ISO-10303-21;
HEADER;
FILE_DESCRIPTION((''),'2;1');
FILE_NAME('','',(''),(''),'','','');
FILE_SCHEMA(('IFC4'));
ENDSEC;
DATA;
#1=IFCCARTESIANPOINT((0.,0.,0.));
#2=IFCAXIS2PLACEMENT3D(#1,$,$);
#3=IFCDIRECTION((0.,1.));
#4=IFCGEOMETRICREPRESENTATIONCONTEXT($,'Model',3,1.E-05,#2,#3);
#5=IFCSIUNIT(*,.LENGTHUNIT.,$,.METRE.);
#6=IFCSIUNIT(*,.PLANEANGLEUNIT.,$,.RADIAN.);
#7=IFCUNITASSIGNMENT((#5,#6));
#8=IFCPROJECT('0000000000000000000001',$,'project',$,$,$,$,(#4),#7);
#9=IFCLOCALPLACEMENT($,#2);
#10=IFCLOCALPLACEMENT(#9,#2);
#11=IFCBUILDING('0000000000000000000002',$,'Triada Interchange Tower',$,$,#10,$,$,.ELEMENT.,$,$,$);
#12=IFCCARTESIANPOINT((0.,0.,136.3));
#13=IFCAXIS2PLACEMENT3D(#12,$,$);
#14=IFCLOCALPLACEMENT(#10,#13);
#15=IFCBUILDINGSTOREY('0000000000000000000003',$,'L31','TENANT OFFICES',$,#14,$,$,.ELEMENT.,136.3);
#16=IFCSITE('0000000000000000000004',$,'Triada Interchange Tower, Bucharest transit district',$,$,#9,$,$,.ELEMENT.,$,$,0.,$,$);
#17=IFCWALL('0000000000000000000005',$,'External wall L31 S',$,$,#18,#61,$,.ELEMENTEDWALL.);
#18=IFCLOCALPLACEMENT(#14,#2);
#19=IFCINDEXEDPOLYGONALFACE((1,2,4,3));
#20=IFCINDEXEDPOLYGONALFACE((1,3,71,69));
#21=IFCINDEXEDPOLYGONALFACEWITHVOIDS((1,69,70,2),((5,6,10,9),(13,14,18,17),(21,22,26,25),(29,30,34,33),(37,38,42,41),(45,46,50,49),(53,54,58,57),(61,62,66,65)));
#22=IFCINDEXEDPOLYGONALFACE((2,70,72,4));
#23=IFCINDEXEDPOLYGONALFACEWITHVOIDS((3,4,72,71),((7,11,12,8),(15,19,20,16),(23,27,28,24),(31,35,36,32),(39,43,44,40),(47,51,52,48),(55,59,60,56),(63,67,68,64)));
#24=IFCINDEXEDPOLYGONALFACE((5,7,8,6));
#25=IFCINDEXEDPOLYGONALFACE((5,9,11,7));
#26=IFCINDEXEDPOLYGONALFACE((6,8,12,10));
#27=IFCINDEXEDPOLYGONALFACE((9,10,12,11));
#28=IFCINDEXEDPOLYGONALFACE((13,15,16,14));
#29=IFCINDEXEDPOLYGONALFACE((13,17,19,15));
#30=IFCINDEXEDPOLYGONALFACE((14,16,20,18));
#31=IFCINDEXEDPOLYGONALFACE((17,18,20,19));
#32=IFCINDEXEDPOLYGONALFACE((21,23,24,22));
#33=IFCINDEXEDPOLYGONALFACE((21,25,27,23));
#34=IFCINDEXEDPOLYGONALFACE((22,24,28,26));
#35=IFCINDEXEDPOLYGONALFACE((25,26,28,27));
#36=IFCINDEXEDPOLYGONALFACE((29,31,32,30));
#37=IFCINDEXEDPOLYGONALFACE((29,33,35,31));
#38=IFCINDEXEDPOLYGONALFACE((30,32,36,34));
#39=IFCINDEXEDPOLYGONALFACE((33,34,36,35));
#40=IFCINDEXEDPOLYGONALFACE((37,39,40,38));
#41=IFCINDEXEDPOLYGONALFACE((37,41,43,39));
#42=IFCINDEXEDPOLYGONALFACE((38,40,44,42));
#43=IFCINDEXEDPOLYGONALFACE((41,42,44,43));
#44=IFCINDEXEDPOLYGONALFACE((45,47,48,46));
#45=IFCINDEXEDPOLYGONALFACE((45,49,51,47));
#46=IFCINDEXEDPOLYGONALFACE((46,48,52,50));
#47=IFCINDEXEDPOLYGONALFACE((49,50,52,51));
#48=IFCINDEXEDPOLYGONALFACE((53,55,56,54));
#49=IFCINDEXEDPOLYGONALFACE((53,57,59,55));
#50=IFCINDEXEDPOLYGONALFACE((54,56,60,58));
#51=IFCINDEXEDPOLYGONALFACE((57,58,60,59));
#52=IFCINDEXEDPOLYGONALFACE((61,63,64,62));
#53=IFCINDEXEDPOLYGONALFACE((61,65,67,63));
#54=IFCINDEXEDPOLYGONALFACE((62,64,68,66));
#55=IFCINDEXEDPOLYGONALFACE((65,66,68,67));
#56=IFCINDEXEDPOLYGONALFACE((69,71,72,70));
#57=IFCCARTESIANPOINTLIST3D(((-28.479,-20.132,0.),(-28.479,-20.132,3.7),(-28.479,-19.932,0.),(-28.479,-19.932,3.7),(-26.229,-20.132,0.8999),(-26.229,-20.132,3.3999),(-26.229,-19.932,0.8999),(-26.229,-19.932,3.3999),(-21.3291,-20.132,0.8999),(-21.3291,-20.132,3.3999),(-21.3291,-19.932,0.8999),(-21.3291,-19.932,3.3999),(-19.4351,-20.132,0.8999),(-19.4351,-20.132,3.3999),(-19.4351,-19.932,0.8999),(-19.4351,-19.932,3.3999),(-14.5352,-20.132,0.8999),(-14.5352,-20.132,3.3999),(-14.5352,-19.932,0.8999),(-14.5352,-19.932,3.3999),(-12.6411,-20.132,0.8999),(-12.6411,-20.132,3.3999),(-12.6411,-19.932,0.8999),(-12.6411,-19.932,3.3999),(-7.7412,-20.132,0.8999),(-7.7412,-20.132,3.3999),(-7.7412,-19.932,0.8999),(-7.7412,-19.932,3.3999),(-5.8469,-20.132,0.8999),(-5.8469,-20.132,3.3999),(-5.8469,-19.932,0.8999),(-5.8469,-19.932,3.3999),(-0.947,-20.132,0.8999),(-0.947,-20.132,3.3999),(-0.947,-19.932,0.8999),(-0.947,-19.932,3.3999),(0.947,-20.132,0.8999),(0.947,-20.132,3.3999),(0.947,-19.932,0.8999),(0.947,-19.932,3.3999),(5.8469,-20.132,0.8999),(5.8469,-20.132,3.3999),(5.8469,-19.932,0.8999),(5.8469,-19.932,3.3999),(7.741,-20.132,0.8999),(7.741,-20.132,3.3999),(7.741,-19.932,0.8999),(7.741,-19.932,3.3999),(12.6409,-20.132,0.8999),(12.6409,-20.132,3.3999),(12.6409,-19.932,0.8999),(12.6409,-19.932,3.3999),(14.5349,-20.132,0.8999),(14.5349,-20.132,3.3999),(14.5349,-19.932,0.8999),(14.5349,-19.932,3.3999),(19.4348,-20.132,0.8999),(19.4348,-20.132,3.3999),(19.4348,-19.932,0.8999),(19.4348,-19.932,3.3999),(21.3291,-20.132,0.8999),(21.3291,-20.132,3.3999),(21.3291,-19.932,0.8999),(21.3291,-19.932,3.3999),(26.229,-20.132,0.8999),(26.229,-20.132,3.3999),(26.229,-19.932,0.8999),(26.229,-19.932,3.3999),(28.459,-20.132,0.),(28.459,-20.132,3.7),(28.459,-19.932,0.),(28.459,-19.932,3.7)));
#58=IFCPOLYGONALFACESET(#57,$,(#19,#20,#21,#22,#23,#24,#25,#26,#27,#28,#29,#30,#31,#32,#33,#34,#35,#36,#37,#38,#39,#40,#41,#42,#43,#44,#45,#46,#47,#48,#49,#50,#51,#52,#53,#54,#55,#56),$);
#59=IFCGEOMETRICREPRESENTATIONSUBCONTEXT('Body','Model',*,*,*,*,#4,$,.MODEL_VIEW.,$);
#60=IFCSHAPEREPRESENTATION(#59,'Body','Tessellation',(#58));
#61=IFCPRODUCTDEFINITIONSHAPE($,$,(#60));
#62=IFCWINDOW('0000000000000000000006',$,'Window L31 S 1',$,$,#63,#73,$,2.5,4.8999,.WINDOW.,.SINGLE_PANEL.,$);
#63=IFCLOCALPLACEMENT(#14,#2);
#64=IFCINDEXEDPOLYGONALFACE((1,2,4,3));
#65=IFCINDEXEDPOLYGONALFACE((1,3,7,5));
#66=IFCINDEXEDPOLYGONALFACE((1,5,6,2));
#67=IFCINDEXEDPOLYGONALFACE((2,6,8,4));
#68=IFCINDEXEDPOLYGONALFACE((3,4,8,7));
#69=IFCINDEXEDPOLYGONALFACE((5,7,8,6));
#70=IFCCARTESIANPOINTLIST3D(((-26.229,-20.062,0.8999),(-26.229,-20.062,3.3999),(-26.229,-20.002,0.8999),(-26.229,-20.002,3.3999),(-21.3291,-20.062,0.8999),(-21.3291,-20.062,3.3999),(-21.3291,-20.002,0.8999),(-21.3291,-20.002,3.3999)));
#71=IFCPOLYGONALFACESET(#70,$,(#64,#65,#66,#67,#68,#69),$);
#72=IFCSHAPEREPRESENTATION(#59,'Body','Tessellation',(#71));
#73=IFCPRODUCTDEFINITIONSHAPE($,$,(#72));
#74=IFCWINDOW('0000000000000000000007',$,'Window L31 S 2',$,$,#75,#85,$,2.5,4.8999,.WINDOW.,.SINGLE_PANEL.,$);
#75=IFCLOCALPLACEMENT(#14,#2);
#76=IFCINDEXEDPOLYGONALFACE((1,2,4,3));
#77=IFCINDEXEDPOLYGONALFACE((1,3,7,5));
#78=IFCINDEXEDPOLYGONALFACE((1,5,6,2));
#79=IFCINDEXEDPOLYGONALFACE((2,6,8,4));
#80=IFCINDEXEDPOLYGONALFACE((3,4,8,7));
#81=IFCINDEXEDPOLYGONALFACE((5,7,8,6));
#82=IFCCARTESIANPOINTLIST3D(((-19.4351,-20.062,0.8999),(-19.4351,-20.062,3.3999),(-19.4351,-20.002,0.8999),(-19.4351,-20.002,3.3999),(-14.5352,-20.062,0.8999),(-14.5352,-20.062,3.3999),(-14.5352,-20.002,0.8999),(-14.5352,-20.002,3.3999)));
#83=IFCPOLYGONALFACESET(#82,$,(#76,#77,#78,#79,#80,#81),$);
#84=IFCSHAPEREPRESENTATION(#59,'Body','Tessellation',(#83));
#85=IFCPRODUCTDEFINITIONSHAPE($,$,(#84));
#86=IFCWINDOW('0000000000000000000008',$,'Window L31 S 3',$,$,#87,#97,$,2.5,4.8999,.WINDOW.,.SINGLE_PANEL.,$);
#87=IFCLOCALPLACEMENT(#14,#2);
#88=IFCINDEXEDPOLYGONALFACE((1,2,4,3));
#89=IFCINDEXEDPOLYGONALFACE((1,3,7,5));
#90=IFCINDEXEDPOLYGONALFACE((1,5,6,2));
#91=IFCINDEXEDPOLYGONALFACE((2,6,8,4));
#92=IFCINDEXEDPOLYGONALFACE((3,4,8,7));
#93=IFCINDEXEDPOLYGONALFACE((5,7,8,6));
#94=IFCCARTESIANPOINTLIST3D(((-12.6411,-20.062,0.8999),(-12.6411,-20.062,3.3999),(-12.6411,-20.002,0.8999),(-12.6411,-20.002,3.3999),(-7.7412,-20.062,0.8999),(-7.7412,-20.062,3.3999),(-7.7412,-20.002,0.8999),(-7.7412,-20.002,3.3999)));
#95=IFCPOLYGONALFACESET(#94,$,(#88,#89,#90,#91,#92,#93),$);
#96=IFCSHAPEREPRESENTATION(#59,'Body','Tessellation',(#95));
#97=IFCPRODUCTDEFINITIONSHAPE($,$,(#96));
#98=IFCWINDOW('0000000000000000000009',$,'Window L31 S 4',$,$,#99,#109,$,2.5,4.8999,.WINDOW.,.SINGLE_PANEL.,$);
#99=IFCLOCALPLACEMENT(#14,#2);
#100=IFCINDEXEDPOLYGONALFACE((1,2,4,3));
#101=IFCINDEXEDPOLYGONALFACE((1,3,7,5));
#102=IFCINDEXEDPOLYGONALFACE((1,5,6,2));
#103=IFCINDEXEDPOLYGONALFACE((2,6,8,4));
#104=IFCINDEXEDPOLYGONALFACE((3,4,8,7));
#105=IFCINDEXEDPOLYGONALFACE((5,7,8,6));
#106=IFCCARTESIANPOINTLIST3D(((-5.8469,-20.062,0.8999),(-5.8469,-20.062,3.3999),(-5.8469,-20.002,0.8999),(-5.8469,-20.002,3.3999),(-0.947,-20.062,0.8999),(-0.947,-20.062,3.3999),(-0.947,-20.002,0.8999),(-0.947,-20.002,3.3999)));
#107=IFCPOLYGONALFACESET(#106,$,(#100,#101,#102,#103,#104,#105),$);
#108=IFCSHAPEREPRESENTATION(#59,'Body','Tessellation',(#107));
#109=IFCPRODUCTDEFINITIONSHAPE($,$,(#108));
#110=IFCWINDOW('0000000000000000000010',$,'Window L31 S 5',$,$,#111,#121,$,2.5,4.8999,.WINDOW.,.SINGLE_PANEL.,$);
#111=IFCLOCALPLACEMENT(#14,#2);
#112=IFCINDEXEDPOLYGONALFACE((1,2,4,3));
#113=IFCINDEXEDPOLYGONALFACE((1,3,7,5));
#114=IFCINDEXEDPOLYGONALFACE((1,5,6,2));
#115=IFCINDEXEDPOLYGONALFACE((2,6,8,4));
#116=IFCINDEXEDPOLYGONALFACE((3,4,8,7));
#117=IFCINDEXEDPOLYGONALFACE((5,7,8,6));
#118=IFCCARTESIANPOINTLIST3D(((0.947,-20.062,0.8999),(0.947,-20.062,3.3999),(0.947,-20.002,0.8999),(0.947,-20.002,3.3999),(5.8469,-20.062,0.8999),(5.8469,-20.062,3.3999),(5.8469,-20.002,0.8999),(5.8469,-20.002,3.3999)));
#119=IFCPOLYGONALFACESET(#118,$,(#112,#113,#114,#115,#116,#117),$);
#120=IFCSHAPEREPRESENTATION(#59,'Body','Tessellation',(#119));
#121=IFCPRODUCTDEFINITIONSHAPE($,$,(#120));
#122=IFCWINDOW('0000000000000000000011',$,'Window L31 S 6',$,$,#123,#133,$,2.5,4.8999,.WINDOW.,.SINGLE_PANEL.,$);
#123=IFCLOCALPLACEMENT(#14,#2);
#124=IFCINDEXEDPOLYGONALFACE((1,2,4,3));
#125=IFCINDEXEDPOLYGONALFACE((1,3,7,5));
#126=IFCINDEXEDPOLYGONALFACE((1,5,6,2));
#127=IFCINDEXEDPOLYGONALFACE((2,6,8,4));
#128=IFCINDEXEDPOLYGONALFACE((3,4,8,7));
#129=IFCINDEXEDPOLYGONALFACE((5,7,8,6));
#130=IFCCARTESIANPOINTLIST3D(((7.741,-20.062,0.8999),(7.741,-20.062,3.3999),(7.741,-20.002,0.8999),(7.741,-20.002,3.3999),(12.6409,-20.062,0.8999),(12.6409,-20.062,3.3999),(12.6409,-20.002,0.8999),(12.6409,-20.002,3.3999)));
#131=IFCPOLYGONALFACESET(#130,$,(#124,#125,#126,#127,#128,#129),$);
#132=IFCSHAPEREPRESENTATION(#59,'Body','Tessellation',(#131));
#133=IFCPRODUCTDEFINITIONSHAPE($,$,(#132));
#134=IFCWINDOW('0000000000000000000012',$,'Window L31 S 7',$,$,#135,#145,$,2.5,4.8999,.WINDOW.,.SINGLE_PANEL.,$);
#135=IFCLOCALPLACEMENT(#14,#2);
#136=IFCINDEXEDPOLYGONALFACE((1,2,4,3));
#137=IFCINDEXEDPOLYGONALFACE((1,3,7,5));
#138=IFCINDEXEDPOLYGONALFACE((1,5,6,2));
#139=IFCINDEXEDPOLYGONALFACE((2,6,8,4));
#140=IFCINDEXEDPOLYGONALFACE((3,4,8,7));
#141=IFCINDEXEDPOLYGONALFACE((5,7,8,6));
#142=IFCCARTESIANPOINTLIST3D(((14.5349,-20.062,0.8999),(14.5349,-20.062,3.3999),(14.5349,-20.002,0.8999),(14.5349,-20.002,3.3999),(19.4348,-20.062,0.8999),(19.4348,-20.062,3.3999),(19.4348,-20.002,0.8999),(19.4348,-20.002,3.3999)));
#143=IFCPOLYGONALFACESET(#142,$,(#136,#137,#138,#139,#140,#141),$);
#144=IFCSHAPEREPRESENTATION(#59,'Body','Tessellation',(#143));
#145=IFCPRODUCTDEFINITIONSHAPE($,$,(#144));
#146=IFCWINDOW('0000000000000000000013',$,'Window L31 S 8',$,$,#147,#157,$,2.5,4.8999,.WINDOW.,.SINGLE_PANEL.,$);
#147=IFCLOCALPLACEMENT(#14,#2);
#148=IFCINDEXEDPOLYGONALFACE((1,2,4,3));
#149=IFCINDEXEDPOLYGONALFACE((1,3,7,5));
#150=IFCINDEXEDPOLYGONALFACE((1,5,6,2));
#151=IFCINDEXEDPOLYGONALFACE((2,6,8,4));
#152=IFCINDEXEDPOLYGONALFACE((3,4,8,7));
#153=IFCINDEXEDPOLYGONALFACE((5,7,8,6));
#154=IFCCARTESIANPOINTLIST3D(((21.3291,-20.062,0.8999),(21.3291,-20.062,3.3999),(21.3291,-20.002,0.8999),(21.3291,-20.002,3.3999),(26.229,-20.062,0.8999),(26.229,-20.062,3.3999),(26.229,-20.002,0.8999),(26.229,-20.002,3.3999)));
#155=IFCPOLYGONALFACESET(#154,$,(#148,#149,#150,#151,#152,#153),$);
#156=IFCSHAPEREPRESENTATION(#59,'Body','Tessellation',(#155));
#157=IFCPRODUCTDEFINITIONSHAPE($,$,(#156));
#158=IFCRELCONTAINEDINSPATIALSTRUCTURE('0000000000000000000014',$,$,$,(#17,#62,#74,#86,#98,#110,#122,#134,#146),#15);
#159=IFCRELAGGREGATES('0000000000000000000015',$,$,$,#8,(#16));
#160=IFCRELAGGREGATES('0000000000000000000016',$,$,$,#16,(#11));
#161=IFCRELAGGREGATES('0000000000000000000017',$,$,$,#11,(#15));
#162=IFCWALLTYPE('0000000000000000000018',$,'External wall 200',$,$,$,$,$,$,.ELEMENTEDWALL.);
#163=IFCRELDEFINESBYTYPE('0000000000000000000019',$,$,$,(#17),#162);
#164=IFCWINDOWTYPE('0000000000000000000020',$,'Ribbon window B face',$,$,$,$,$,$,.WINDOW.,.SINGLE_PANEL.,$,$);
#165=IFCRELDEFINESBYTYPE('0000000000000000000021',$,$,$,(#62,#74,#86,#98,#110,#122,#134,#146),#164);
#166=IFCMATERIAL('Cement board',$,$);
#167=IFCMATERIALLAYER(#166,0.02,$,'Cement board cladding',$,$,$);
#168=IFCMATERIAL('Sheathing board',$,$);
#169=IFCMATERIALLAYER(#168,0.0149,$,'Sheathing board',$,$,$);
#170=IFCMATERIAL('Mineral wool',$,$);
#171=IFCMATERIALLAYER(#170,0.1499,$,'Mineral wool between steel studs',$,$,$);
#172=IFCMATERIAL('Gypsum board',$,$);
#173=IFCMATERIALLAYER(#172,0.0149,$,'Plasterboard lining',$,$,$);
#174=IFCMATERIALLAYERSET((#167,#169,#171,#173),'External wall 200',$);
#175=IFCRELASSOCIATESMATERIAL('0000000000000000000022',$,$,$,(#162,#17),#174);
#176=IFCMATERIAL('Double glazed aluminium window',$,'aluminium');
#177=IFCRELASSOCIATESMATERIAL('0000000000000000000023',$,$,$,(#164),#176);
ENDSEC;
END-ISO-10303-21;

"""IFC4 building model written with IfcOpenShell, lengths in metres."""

from ifc_helpers import new_model, si_unit, direction, frame, frame_2d, origin, place, context, subcontext, project, spatial, rectangle, extrude, material, layer, layer_set, layer_usage, type_object, element, fill, save


model = new_model("IFC4")

# Units and contexts
model_context = context("Model", 3, precision=1e-05, world=origin(), true_north=direction((0.0, 1.0)))
body_context = subcontext(model_context, "Body", "Model", "MODEL_VIEW")
ifc_project = project(units=[si_unit("LENGTHUNIT", "METRE"), si_unit("PLANEANGLEUNIT", "RADIAN")], contexts=[model_context])

# Site, building, storey
site_placement = place(None, origin())
site = spatial("IfcSite", under=ifc_project, at=site_placement, Name="Triada Interchange Tower, Bucharest transit district", CompositionType="ELEMENT", RefElevation=0.0)
building_placement = place(site_placement, origin())
building = spatial("IfcBuilding", under=site, at=building_placement, Name="Triada Interchange Tower", CompositionType="ELEMENT")
storey_placement = place(building_placement, frame((0.0, 0.0, 136.3)))
storey = spatial("IfcBuildingStorey", under=building, at=storey_placement, Name="L31", Description="TENANT OFFICES", CompositionType="ELEMENT", Elevation=136.3)

# Shared definitions
ifc_material_1 = material(Name="Cement board")
ifc_layer_1 = layer(ifc_material_1, 0.02, Name="Cement board cladding")
ifc_material_2 = material(Name="Sheathing board")
ifc_layer_2 = layer(ifc_material_2, 0.0149, Name="Sheathing board")
ifc_material_3 = material(Name="Mineral wool")
ifc_layer_3 = layer(ifc_material_3, 0.1499, Name="Mineral wool between steel studs")
ifc_material_4 = material(Name="Gypsum board")
ifc_layer_4 = layer(ifc_material_4, 0.0149, Name="Plasterboard lining")
ifc_layer_set_1 = layer_set([ifc_layer_1, ifc_layer_2, ifc_layer_3, ifc_layer_4], Name="External wall 200")
ifc_layer_usage = layer_usage(ifc_layer_set_1, "AXIS2", "POSITIVE", -0.1001)
wall_type_1 = type_object("IfcWallType", Name="External wall 200", PredefinedType="ELEMENTEDWALL", material=ifc_layer_set_1)
ifc_material_5 = material(Name="Double glazed aluminium window", Category="aluminium")

# Wall, openings, windows
wall_1_placement = place(storey_placement, frame((-28.479, -20.032, 0.0), z_axis=(0.0, 0.0, 1.0), x_axis=(1.0, 0.0, 0.0)))
wall_1 = element("IfcWall", 1, at=wall_1_placement, inside=storey, type_object=wall_type_1, material=ifc_layer_usage, Name="External wall L31 S", PredefinedType="ELEMENTEDWALL", context=body_context, shape_type="SweptSolid", body=[
    extrude(rectangle(XDim=56.938, YDim=0.2, at=frame_2d((28.469, 0.0))), origin(), (0.0, 0.0, 1.0), 3.7),
])
opening_1_placement = place(wall_1_placement, frame((2.25, 0.0, 0.8999)))
opening_1 = element("IfcOpeningElement", 2, at=opening_1_placement, cuts=wall_1, PredefinedType="OPENING", context=body_context, shape_type="SweptSolid", body=[
    extrude(rectangle(XDim=4.8999, YDim=2.5, at=frame_2d((2.45, 1.25))), frame((0.0, 0.1099, 0.0), z_axis=(0.0, -1.0, 0.0), x_axis=(1.0, 0.0, 0.0)), (0.0, 0.0, 1.0), 0.22),
])
opening_2_placement = place(wall_1_placement, frame((9.0439, 0.0, 0.8999)))
opening_2 = element("IfcOpeningElement", 3, at=opening_2_placement, cuts=wall_1, PredefinedType="OPENING", context=body_context, shape_type="SweptSolid", body=[
    extrude(rectangle(XDim=4.8999, YDim=2.5, at=frame_2d((2.45, 1.25))), frame((0.0, 0.1099, 0.0), z_axis=(0.0, -1.0, 0.0), x_axis=(1.0, 0.0, 0.0)), (0.0, 0.0, 1.0), 0.22),
])
opening_3_placement = place(wall_1_placement, frame((15.8379, 0.0, 0.8999)))
opening_3 = element("IfcOpeningElement", 4, at=opening_3_placement, cuts=wall_1, PredefinedType="OPENING", context=body_context, shape_type="SweptSolid", body=[
    extrude(rectangle(XDim=4.8999, YDim=2.5, at=frame_2d((2.45, 1.25))), frame((0.0, 0.1099, 0.0), z_axis=(0.0, -1.0, 0.0), x_axis=(1.0, 0.0, 0.0)), (0.0, 0.0, 1.0), 0.22),
])
opening_4_placement = place(wall_1_placement, frame((22.6321, 0.0, 0.8999)))
opening_4 = element("IfcOpeningElement", 5, at=opening_4_placement, cuts=wall_1, PredefinedType="OPENING", context=body_context, shape_type="SweptSolid", body=[
    extrude(rectangle(XDim=4.8999, YDim=2.5, at=frame_2d((2.45, 1.25))), frame((0.0, 0.1099, 0.0), z_axis=(0.0, -1.0, 0.0), x_axis=(1.0, 0.0, 0.0)), (0.0, 0.0, 1.0), 0.22),
])
opening_5_placement = place(wall_1_placement, frame((29.426, 0.0, 0.8999)))
opening_5 = element("IfcOpeningElement", 6, at=opening_5_placement, cuts=wall_1, PredefinedType="OPENING", context=body_context, shape_type="SweptSolid", body=[
    extrude(rectangle(XDim=4.8999, YDim=2.5, at=frame_2d((2.45, 1.25))), frame((0.0, 0.1099, 0.0), z_axis=(0.0, -1.0, 0.0), x_axis=(1.0, 0.0, 0.0)), (0.0, 0.0, 1.0), 0.22),
])
opening_6_placement = place(wall_1_placement, frame((36.22, 0.0, 0.8999)))
opening_6 = element("IfcOpeningElement", 7, at=opening_6_placement, cuts=wall_1, PredefinedType="OPENING", context=body_context, shape_type="SweptSolid", body=[
    extrude(rectangle(XDim=4.8999, YDim=2.5, at=frame_2d((2.45, 1.25))), frame((0.0, 0.1099, 0.0), z_axis=(0.0, -1.0, 0.0), x_axis=(1.0, 0.0, 0.0)), (0.0, 0.0, 1.0), 0.22),
])
opening_7_placement = place(wall_1_placement, frame((43.0139, 0.0, 0.8999)))
opening_7 = element("IfcOpeningElement", 8, at=opening_7_placement, cuts=wall_1, PredefinedType="OPENING", context=body_context, shape_type="SweptSolid", body=[
    extrude(rectangle(XDim=4.8999, YDim=2.5, at=frame_2d((2.45, 1.25))), frame((0.0, 0.1099, 0.0), z_axis=(0.0, -1.0, 0.0), x_axis=(1.0, 0.0, 0.0)), (0.0, 0.0, 1.0), 0.22),
])
opening_8_placement = place(wall_1_placement, frame((49.8081, 0.0, 0.8999)))
opening_8 = element("IfcOpeningElement", 9, at=opening_8_placement, cuts=wall_1, PredefinedType="OPENING", context=body_context, shape_type="SweptSolid", body=[
    extrude(rectangle(XDim=4.8999, YDim=2.5, at=frame_2d((2.45, 1.25))), frame((0.0, 0.1099, 0.0), z_axis=(0.0, -1.0, 0.0), x_axis=(1.0, 0.0, 0.0)), (0.0, 0.0, 1.0), 0.22),
])
window_type_1 = type_object("IfcWindowType", Name="Ribbon window B face", PartitioningType="SINGLE_PANEL", PredefinedType="WINDOW", material=ifc_material_5)
window_1_placement = place(opening_1_placement, origin())
window_1 = element("IfcWindow", 10, at=window_1_placement, inside=storey, type_object=window_type_1, Name="Window L31 S 1", OverallHeight=2.5, OverallWidth=4.8999, PartitioningType="SINGLE_PANEL", PredefinedType="WINDOW", context=body_context, shape_type="SweptSolid", body=[
    extrude(rectangle(XDim=4.8999, YDim=2.5, at=frame_2d((2.45, 1.25))), frame((0.0, 0.03, 0.0), z_axis=(0.0, -1.0, 0.0), x_axis=(1.0, 0.0, 0.0)), (0.0, 0.0, 1.0), 0.0601),
])
fill(opening_1, window_1)
window_2_placement = place(opening_2_placement, origin())
window_2 = element("IfcWindow", 11, at=window_2_placement, inside=storey, type_object=window_type_1, Name="Window L31 S 2", OverallHeight=2.5, OverallWidth=4.8999, PartitioningType="SINGLE_PANEL", PredefinedType="WINDOW", context=body_context, shape_type="SweptSolid", body=[
    extrude(rectangle(XDim=4.8999, YDim=2.5, at=frame_2d((2.45, 1.25))), frame((0.0, 0.03, 0.0), z_axis=(0.0, -1.0, 0.0), x_axis=(1.0, 0.0, 0.0)), (0.0, 0.0, 1.0), 0.0601),
])
fill(opening_2, window_2)
window_3_placement = place(opening_3_placement, origin())
window_3 = element("IfcWindow", 12, at=window_3_placement, inside=storey, type_object=window_type_1, Name="Window L31 S 3", OverallHeight=2.5, OverallWidth=4.8999, PartitioningType="SINGLE_PANEL", PredefinedType="WINDOW", context=body_context, shape_type="SweptSolid", body=[
    extrude(rectangle(XDim=4.8999, YDim=2.5, at=frame_2d((2.45, 1.25))), frame((0.0, 0.03, 0.0), z_axis=(0.0, -1.0, 0.0), x_axis=(1.0, 0.0, 0.0)), (0.0, 0.0, 1.0), 0.0601),
])
fill(opening_3, window_3)
window_4_placement = place(opening_4_placement, origin())
window_4 = element("IfcWindow", 13, at=window_4_placement, inside=storey, type_object=window_type_1, Name="Window L31 S 4", OverallHeight=2.5, OverallWidth=4.8999, PartitioningType="SINGLE_PANEL", PredefinedType="WINDOW", context=body_context, shape_type="SweptSolid", body=[
    extrude(rectangle(XDim=4.8999, YDim=2.5, at=frame_2d((2.45, 1.25))), frame((0.0, 0.03, 0.0), z_axis=(0.0, -1.0, 0.0), x_axis=(1.0, 0.0, 0.0)), (0.0, 0.0, 1.0), 0.0601),
])
fill(opening_4, window_4)
window_5_placement = place(opening_5_placement, origin())
window_5 = element("IfcWindow", 14, at=window_5_placement, inside=storey, type_object=window_type_1, Name="Window L31 S 5", OverallHeight=2.5, OverallWidth=4.8999, PartitioningType="SINGLE_PANEL", PredefinedType="WINDOW", context=body_context, shape_type="SweptSolid", body=[
    extrude(rectangle(XDim=4.8999, YDim=2.5, at=frame_2d((2.45, 1.25))), frame((0.0, 0.03, 0.0), z_axis=(0.0, -1.0, 0.0), x_axis=(1.0, 0.0, 0.0)), (0.0, 0.0, 1.0), 0.0601),
])
fill(opening_5, window_5)
window_6_placement = place(opening_6_placement, origin())
window_6 = element("IfcWindow", 15, at=window_6_placement, inside=storey, type_object=window_type_1, Name="Window L31 S 6", OverallHeight=2.5, OverallWidth=4.8999, PartitioningType="SINGLE_PANEL", PredefinedType="WINDOW", context=body_context, shape_type="SweptSolid", body=[
    extrude(rectangle(XDim=4.8999, YDim=2.5, at=frame_2d((2.45, 1.25))), frame((0.0, 0.03, 0.0), z_axis=(0.0, -1.0, 0.0), x_axis=(1.0, 0.0, 0.0)), (0.0, 0.0, 1.0), 0.0601),
])
fill(opening_6, window_6)
window_7_placement = place(opening_7_placement, origin())
window_7 = element("IfcWindow", 16, at=window_7_placement, inside=storey, type_object=window_type_1, Name="Window L31 S 7", OverallHeight=2.5, OverallWidth=4.8999, PartitioningType="SINGLE_PANEL", PredefinedType="WINDOW", context=body_context, shape_type="SweptSolid", body=[
    extrude(rectangle(XDim=4.8999, YDim=2.5, at=frame_2d((2.45, 1.25))), frame((0.0, 0.03, 0.0), z_axis=(0.0, -1.0, 0.0), x_axis=(1.0, 0.0, 0.0)), (0.0, 0.0, 1.0), 0.0601),
])
fill(opening_7, window_7)
window_8_placement = place(opening_8_placement, origin())
window_8 = element("IfcWindow", 17, at=window_8_placement, inside=storey, type_object=window_type_1, Name="Window L31 S 8", OverallHeight=2.5, OverallWidth=4.8999, PartitioningType="SINGLE_PANEL", PredefinedType="WINDOW", context=body_context, shape_type="SweptSolid", body=[
    extrude(rectangle(XDim=4.8999, YDim=2.5, at=frame_2d((2.45, 1.25))), frame((0.0, 0.03, 0.0), z_axis=(0.0, -1.0, 0.0), x_axis=(1.0, 0.0, 0.0)), (0.0, 0.0, 1.0), 0.0601),
])
fill(opening_8, window_8)

save(model, "model.ifc")
